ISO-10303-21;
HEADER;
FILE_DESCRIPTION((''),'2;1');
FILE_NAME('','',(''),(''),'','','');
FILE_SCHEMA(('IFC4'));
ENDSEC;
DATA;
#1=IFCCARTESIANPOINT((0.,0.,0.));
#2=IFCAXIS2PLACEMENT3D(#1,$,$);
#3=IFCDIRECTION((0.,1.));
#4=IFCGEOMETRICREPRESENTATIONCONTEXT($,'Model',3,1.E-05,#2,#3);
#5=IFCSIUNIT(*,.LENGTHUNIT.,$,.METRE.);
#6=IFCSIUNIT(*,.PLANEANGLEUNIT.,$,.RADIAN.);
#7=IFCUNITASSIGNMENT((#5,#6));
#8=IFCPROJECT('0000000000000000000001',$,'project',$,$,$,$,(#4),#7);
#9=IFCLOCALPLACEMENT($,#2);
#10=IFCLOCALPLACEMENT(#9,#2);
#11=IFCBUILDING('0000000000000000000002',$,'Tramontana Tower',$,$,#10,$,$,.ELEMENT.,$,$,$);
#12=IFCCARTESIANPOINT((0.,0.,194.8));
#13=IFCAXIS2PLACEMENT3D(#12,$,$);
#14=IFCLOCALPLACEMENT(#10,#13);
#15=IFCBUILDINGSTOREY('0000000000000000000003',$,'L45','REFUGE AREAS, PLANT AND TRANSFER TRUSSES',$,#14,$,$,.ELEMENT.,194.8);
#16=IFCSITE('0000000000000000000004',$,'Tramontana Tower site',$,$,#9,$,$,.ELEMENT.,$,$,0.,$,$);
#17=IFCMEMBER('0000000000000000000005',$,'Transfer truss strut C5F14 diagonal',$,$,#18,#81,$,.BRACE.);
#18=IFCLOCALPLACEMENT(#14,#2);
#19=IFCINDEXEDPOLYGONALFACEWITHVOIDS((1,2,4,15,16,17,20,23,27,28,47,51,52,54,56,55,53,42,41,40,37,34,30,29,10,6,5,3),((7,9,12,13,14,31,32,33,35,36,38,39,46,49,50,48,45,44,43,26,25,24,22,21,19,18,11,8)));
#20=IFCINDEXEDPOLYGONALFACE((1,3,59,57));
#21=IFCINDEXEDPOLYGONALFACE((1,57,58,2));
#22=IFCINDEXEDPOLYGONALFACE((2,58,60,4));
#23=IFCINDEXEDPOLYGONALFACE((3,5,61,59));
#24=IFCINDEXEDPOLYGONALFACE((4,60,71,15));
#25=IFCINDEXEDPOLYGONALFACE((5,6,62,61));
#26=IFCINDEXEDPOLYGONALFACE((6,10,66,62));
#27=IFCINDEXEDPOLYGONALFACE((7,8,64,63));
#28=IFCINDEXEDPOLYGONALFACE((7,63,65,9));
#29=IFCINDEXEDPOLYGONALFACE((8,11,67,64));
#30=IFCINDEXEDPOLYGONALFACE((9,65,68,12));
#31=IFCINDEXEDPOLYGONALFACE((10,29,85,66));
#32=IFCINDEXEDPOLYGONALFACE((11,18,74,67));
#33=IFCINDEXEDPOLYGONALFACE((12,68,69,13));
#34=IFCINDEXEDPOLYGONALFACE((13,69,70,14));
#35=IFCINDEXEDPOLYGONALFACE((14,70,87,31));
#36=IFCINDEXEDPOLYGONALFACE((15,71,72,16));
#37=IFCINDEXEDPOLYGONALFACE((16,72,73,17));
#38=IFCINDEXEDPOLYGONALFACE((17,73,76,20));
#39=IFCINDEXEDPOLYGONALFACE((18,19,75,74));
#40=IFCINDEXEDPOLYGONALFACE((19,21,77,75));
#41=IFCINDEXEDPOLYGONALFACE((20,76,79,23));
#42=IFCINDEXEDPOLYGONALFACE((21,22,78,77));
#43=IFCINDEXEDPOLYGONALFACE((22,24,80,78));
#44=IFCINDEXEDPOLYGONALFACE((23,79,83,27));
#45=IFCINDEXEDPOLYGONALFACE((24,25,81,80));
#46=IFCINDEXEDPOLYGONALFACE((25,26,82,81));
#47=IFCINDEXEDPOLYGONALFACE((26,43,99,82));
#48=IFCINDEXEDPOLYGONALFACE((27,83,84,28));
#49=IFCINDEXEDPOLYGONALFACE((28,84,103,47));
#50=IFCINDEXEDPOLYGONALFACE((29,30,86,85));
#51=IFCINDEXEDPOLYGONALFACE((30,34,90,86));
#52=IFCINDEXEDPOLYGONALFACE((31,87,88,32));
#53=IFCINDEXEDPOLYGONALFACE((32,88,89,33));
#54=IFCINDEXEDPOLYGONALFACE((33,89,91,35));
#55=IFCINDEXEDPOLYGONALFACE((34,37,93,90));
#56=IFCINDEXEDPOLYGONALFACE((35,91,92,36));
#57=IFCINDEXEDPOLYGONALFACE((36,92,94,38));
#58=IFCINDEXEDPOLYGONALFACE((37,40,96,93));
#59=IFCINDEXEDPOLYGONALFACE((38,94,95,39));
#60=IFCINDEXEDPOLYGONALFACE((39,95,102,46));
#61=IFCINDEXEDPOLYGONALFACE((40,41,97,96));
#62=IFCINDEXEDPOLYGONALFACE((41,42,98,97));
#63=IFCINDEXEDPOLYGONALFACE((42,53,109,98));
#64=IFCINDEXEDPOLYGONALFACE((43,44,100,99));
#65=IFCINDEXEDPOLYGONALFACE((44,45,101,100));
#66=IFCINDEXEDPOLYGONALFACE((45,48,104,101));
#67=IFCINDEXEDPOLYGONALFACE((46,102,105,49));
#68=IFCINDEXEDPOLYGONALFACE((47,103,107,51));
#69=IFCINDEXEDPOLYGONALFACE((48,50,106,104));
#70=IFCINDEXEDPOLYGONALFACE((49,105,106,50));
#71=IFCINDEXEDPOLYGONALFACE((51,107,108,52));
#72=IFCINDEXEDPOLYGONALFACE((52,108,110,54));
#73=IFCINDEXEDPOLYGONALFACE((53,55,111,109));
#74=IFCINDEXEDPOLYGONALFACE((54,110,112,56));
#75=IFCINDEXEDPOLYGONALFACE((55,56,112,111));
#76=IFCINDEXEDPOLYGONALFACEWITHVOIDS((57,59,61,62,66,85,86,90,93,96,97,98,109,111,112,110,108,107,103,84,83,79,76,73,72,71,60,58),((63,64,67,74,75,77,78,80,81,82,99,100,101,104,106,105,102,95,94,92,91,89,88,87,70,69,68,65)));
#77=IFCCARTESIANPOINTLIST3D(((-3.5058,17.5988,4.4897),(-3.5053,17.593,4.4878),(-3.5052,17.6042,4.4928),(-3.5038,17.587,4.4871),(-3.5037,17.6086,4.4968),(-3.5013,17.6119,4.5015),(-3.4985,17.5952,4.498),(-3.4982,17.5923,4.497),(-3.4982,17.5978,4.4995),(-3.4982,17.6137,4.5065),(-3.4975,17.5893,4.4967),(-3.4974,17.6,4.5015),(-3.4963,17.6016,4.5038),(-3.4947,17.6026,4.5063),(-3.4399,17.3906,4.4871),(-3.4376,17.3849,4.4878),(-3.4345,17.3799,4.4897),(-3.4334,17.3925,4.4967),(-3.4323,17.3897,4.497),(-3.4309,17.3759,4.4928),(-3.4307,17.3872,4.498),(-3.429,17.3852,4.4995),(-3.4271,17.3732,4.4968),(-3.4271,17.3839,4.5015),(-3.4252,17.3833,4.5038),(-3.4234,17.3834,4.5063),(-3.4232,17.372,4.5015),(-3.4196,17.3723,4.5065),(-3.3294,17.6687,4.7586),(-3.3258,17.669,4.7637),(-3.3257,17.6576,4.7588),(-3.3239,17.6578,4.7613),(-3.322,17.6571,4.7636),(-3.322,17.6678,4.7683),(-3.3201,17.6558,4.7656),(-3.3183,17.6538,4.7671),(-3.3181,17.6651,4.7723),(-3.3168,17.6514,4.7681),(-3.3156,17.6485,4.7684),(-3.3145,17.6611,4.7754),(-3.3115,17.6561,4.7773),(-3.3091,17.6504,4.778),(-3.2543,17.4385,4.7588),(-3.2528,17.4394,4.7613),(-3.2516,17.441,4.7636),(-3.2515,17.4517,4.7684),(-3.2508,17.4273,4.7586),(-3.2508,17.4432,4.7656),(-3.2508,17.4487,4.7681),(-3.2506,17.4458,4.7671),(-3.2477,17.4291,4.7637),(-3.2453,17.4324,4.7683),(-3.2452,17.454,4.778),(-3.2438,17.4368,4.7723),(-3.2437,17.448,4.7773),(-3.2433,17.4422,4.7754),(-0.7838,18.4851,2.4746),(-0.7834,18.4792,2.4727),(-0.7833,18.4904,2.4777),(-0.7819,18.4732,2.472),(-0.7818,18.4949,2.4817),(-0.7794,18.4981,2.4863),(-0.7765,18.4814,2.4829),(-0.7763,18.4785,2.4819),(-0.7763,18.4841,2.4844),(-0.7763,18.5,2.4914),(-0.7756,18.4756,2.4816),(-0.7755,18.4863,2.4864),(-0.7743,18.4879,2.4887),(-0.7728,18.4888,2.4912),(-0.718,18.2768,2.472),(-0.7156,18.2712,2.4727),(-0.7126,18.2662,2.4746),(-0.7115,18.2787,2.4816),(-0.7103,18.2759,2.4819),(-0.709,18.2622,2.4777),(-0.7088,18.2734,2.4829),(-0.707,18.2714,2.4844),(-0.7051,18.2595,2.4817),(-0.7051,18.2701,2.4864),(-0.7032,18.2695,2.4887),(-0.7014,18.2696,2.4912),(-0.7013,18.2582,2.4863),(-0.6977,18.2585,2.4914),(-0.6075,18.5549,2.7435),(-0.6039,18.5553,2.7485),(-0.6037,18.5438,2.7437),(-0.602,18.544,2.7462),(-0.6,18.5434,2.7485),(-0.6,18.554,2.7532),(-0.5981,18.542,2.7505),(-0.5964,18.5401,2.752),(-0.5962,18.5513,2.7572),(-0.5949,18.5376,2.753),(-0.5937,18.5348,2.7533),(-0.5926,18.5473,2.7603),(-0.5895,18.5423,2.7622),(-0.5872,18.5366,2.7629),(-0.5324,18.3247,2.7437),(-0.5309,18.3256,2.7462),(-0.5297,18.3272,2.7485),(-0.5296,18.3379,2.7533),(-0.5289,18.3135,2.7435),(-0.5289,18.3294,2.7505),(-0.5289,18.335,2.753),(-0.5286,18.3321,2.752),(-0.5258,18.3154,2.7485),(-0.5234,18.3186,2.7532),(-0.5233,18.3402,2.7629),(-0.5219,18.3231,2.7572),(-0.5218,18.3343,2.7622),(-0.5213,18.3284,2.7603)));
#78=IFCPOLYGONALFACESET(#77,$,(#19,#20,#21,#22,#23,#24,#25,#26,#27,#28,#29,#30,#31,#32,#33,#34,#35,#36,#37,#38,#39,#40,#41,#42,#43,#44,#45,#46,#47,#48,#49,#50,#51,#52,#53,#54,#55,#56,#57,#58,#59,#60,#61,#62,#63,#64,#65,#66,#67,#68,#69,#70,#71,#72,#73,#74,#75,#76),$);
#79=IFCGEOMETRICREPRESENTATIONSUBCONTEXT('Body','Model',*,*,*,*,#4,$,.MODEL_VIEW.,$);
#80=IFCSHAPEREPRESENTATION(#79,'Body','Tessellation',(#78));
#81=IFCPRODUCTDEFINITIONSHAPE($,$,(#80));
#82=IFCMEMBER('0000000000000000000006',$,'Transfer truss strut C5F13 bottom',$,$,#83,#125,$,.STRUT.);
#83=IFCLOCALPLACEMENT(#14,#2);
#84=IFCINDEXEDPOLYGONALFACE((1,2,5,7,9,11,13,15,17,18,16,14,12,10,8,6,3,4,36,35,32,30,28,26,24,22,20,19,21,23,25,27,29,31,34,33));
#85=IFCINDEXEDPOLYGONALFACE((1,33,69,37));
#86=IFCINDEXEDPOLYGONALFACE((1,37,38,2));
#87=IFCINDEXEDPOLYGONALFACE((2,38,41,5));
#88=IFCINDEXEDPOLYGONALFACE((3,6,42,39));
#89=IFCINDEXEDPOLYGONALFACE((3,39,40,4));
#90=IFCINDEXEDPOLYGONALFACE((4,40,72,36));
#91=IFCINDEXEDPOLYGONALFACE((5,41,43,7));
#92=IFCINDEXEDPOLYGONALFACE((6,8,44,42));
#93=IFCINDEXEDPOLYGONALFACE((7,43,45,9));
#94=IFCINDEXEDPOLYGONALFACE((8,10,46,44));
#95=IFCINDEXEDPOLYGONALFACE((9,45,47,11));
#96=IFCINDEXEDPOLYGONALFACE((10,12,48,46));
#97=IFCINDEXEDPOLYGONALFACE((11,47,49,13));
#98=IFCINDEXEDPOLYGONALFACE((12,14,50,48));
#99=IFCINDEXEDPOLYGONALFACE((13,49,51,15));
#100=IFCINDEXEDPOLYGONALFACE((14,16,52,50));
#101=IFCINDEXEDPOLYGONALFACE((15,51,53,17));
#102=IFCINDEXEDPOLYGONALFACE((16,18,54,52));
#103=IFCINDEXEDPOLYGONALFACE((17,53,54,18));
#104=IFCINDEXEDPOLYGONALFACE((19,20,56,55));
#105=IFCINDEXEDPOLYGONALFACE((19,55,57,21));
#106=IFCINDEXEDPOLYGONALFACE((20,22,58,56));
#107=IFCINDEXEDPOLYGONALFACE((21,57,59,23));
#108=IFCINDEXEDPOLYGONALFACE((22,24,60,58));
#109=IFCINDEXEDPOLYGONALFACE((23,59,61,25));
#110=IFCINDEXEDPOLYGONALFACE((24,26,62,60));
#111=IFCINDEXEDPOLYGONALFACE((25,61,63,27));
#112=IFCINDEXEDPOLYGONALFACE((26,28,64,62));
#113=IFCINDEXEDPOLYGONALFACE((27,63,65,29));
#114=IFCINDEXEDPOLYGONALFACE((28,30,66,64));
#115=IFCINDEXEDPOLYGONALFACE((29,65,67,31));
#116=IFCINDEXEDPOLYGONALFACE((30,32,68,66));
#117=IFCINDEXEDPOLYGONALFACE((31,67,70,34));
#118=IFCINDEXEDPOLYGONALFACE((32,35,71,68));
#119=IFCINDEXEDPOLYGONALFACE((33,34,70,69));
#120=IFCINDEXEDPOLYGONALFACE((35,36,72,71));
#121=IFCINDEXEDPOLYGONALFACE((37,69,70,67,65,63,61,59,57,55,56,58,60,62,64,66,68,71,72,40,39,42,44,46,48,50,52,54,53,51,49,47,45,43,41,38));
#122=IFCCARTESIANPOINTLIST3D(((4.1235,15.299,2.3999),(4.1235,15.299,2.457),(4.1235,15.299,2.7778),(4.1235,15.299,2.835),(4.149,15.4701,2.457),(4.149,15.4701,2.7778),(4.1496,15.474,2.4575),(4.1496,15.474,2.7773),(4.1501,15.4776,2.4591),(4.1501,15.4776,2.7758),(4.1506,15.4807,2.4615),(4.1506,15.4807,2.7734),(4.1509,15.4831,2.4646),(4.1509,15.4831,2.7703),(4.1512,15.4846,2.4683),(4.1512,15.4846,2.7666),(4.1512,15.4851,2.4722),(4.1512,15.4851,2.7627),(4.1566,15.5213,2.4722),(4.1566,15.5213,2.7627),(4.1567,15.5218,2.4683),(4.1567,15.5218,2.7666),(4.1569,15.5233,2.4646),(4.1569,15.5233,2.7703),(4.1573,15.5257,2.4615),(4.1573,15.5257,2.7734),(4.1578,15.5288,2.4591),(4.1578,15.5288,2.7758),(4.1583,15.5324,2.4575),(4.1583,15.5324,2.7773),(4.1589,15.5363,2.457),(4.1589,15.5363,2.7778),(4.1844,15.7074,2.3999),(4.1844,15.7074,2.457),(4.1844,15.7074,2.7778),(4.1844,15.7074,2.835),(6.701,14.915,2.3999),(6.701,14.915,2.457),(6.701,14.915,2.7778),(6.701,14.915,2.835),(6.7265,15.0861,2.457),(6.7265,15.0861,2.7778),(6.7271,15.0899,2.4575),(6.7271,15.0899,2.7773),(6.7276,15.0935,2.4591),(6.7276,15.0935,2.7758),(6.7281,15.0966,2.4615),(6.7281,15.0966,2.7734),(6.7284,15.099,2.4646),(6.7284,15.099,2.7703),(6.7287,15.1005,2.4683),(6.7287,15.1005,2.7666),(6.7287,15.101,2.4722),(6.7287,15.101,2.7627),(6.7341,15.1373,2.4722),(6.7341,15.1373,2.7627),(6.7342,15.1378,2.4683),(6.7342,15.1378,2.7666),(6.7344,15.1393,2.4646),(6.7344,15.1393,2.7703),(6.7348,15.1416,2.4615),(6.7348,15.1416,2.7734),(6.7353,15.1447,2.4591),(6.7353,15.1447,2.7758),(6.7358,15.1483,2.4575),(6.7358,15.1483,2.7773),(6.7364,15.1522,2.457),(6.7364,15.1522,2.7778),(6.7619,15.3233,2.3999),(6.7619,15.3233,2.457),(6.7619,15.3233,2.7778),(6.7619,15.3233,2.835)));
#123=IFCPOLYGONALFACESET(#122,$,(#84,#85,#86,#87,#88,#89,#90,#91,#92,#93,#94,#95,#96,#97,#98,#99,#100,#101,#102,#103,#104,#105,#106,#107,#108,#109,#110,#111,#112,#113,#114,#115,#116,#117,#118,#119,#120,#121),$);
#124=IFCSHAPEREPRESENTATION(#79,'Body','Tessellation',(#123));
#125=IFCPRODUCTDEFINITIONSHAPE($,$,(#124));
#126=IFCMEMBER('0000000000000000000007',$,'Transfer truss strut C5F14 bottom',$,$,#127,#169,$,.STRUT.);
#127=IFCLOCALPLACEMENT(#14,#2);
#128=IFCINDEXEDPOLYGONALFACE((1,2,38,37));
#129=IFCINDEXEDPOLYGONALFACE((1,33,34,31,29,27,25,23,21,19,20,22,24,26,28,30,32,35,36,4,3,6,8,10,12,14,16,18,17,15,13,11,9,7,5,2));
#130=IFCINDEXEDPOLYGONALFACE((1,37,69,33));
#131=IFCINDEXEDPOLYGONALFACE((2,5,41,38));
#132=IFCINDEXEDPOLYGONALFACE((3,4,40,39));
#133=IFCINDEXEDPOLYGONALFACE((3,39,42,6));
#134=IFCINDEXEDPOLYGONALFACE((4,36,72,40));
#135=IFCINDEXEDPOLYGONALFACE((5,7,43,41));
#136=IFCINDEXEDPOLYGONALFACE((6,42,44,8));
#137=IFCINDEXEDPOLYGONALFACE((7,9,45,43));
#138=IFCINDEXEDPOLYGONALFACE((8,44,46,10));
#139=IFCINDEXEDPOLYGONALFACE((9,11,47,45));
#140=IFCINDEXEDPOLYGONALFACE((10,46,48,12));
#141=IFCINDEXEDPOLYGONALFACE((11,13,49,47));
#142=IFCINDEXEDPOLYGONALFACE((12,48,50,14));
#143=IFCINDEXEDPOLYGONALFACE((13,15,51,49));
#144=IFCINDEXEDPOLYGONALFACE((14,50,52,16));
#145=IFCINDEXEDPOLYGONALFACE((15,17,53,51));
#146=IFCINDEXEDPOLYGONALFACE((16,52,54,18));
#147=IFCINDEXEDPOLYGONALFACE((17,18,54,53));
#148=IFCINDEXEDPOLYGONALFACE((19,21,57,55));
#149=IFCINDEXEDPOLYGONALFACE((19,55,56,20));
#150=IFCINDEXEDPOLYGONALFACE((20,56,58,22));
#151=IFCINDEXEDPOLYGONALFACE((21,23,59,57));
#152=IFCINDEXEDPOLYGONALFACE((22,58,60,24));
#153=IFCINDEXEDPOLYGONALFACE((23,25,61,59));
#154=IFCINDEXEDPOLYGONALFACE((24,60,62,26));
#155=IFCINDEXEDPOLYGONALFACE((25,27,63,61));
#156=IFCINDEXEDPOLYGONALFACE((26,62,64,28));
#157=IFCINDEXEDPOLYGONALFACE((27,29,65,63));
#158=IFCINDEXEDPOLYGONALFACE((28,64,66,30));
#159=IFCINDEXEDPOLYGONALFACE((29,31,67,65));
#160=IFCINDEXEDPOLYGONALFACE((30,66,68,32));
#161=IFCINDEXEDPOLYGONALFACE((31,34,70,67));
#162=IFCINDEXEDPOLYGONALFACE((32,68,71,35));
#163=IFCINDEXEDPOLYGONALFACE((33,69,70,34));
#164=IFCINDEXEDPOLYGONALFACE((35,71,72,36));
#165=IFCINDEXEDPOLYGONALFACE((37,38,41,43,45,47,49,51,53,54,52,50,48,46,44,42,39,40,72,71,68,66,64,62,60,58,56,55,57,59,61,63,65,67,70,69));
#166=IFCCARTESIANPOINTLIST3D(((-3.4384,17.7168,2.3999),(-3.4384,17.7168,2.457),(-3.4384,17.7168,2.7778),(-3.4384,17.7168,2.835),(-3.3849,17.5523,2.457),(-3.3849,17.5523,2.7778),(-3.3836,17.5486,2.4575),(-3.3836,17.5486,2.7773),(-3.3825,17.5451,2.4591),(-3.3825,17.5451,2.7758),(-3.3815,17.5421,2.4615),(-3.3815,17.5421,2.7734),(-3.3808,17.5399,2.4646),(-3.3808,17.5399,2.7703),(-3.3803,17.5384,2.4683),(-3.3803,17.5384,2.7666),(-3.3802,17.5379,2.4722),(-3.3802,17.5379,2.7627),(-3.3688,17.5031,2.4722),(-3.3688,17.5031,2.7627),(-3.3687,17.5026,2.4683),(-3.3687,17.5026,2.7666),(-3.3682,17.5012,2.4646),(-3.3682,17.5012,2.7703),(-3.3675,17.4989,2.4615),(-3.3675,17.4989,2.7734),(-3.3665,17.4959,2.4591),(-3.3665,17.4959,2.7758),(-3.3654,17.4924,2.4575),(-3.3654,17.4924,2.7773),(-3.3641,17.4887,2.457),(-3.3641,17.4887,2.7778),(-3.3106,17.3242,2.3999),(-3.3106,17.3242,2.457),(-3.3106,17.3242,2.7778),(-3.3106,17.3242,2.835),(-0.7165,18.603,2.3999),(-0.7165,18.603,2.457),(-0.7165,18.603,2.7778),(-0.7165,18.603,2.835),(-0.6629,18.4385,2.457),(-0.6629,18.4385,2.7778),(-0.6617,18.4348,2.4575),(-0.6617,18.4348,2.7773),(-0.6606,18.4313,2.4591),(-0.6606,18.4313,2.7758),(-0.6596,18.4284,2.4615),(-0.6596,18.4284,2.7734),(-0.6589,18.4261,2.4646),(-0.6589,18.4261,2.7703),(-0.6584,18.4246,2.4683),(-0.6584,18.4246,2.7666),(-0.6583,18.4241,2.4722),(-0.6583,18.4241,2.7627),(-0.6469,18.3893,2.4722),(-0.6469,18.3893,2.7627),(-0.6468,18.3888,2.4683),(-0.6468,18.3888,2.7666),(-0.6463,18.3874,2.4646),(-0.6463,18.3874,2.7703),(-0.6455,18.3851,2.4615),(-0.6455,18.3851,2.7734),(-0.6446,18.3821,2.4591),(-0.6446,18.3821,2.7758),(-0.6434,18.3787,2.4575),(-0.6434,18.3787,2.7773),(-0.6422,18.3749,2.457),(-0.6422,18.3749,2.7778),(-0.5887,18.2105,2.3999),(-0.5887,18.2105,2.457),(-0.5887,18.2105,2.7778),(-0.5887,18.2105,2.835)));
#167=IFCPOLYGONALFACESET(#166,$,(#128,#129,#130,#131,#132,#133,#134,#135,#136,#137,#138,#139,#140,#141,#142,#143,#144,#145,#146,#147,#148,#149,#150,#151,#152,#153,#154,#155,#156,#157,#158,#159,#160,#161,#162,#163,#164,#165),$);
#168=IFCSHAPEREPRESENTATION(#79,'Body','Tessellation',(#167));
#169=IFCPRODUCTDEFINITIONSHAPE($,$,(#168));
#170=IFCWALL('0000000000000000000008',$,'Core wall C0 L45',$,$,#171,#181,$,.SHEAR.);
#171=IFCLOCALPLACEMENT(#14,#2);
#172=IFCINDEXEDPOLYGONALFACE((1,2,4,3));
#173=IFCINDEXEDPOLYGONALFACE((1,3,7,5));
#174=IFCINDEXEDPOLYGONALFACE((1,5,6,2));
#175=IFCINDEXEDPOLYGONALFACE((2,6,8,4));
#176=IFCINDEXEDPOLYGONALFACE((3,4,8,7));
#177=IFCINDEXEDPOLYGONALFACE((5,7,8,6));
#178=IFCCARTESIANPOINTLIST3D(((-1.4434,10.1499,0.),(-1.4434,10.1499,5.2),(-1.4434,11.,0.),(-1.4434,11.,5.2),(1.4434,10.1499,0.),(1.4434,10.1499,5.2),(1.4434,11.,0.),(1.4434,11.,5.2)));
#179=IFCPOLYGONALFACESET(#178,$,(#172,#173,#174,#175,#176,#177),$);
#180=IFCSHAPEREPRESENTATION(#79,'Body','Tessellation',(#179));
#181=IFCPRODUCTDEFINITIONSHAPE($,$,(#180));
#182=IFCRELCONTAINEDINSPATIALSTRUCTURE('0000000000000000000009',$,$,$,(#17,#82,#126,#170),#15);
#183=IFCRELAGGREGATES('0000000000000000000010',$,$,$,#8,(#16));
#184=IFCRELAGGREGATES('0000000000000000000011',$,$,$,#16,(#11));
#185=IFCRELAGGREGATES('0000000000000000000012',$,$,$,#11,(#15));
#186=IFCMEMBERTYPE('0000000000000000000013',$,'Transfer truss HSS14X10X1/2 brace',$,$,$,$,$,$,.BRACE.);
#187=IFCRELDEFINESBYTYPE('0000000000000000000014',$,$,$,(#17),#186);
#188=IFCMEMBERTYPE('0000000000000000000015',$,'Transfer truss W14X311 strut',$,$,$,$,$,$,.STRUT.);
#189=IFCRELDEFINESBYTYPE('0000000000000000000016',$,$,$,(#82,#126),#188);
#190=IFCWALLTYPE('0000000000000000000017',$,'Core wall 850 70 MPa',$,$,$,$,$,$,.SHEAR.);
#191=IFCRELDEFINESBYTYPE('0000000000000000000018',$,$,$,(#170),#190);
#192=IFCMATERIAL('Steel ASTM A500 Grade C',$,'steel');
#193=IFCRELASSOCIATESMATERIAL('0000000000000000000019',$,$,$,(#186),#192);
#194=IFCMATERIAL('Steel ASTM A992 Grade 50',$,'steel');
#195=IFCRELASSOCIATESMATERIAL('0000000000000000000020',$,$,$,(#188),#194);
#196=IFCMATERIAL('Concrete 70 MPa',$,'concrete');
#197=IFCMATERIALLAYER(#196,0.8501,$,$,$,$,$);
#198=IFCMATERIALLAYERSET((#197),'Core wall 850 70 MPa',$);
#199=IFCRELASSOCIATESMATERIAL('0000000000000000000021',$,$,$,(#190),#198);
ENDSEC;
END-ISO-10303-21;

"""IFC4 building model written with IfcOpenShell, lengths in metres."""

from ifc_helpers import new_model, si_unit, direction, frame, frame_2d, origin, origin_2d, place, context, subcontext, project, spatial, rectangle, hollow_rectangle, i_section, extrude, material, layer, layer_set, material_profile, profile_set, type_object, element, save


model = new_model("IFC4")

# Units and contexts
model_context = context("Model", 3, precision=1e-05, world=origin(), true_north=direction((0.0, 1.0)))
body_context = subcontext(model_context, "Body", "Model", "MODEL_VIEW")
ifc_project = project(units=[si_unit("LENGTHUNIT", "METRE"), si_unit("PLANEANGLEUNIT", "RADIAN")], contexts=[model_context])

# Site, building, storey
site_placement = place(None, origin())
site = spatial("IfcSite", under=ifc_project, at=site_placement, Name="Tramontana Tower site", CompositionType="ELEMENT", RefElevation=0.0)
building_placement = place(site_placement, origin())
building = spatial("IfcBuilding", under=site, at=building_placement, Name="Tramontana Tower", CompositionType="ELEMENT")
storey_placement = place(building_placement, frame((0.0, 0.0, 194.8)))
storey = spatial("IfcBuildingStorey", under=building, at=storey_placement, Name="L45", Description="REFUGE AREAS, PLANT AND TRANSFER TRUSSES", CompositionType="ELEMENT", Elevation=194.8)

# Members
ifc_material_1 = material(Name="Steel ASTM A500 Grade C", Category="steel")
ifc_material_profile_1 = material_profile(ifc_material_1, hollow_rectangle(XDim=0.2539, YDim=0.3557, WallThickness=0.0117, InnerFilletRadius=0.0117, OuterFilletRadius=0.0237, at=origin_2d()), Name="HSS14X10X1/2")
ifc_profile_set_1 = profile_set([ifc_material_profile_1], Name="Steel ASTM A500 Grade C")
member_type_1 = type_object("IfcMemberType", Name="Transfer truss HSS14X10X1/2 brace", PredefinedType="BRACE", material=ifc_profile_set_1)
member_1_placement = place(storey_placement, frame((-0.6526, 18.4067, 2.6174), z_axis=(-0.777532, -0.253157, 0.575635), x_axis=(0.309593, -0.950869, 0.0)))
element("IfcMember", 1, at=member_1_placement, inside=storey, type_object=member_type_1, Name="Transfer truss strut C5F14 diagonal", PredefinedType="BRACE", context=body_context, shape_type="SweptSolid", body=[
    extrude(hollow_rectangle(XDim=0.2539, YDim=0.3557, WallThickness=0.0117, InnerFilletRadius=0.0117, OuterFilletRadius=0.0237, at=origin_2d()), origin(), (0.0, 0.0, 1.0), 3.5007),
])
ifc_material_2 = material(Name="Steel ASTM A992 Grade 50", Category="steel")
ifc_material_profile_2 = material_profile(ifc_material_2, i_section(OverallWidth=0.4128, OverallDepth=0.4351, WebThickness=0.0366, FlangeThickness=0.0571, FilletRadius=0.0151, at=origin_2d()), Name="W14X311")
ifc_profile_set_2 = profile_set([ifc_material_profile_2], Name="Steel ASTM A992 Grade 50")
member_type_2 = type_object("IfcMemberType", Name="Transfer truss W14X311 strut", PredefinedType="STRUT", material=ifc_profile_set_2)
member_2_placement = place(storey_placement, frame((6.7314, 15.1191, 2.6174), z_axis=(-0.989081, 0.147374, 0.0), x_axis=(-0.147374, -0.989081, 0.0)))
element("IfcMember", 2, at=member_2_placement, inside=storey, type_object=member_type_2, Name="Transfer truss strut C5F13 bottom", PredefinedType="STRUT", context=body_context, shape_type="SweptSolid", body=[
    extrude(i_section(OverallWidth=0.4128, OverallDepth=0.4351, WebThickness=0.0366, FlangeThickness=0.0571, FilletRadius=0.0151, at=origin_2d()), origin(), (0.0, 0.0, 1.0), 2.606),
])
member_3_placement = place(storey_placement, frame((-0.6526, 18.4067, 2.6174), z_axis=(-0.950869, -0.309593, 0.0), x_axis=(0.309593, -0.950869, 0.0)))
element("IfcMember", 3, at=member_3_placement, inside=storey, type_object=member_type_2, Name="Transfer truss strut C5F14 bottom", PredefinedType="STRUT", context=body_context, shape_type="SweptSolid", body=[
    extrude(i_section(OverallWidth=0.4128, OverallDepth=0.4351, WebThickness=0.0366, FlangeThickness=0.0571, FilletRadius=0.0151, at=origin_2d()), origin(), (0.0, 0.0, 1.0), 2.8625),
])

# Wall
ifc_material_3 = material(Name="Concrete 70 MPa", Category="concrete")
ifc_layer_1 = layer(ifc_material_3, 0.8501)
ifc_layer_set_1 = layer_set([ifc_layer_1], Name="Core wall 850 70 MPa")
wall_type_1 = type_object("IfcWallType", Name="Core wall 850 70 MPa", PredefinedType="SHEAR", material=ifc_layer_set_1)
wall_1_placement = place(storey_placement, frame((1.4434, 10.575, 0.0), z_axis=(0.0, 0.0, 1.0), x_axis=(-1.0, 0.0, 0.0)))
element("IfcWall", 4, at=wall_1_placement, inside=storey, type_object=wall_type_1, Name="Core wall C0 L45", PredefinedType="SHEAR", context=body_context, shape_type="SweptSolid", body=[
    extrude(rectangle(XDim=2.8867, YDim=0.8501, at=frame_2d((1.4434, 0.0))), origin(), (0.0, 0.0, 1.0), 5.2),
])

save(model, "model.ifc")
